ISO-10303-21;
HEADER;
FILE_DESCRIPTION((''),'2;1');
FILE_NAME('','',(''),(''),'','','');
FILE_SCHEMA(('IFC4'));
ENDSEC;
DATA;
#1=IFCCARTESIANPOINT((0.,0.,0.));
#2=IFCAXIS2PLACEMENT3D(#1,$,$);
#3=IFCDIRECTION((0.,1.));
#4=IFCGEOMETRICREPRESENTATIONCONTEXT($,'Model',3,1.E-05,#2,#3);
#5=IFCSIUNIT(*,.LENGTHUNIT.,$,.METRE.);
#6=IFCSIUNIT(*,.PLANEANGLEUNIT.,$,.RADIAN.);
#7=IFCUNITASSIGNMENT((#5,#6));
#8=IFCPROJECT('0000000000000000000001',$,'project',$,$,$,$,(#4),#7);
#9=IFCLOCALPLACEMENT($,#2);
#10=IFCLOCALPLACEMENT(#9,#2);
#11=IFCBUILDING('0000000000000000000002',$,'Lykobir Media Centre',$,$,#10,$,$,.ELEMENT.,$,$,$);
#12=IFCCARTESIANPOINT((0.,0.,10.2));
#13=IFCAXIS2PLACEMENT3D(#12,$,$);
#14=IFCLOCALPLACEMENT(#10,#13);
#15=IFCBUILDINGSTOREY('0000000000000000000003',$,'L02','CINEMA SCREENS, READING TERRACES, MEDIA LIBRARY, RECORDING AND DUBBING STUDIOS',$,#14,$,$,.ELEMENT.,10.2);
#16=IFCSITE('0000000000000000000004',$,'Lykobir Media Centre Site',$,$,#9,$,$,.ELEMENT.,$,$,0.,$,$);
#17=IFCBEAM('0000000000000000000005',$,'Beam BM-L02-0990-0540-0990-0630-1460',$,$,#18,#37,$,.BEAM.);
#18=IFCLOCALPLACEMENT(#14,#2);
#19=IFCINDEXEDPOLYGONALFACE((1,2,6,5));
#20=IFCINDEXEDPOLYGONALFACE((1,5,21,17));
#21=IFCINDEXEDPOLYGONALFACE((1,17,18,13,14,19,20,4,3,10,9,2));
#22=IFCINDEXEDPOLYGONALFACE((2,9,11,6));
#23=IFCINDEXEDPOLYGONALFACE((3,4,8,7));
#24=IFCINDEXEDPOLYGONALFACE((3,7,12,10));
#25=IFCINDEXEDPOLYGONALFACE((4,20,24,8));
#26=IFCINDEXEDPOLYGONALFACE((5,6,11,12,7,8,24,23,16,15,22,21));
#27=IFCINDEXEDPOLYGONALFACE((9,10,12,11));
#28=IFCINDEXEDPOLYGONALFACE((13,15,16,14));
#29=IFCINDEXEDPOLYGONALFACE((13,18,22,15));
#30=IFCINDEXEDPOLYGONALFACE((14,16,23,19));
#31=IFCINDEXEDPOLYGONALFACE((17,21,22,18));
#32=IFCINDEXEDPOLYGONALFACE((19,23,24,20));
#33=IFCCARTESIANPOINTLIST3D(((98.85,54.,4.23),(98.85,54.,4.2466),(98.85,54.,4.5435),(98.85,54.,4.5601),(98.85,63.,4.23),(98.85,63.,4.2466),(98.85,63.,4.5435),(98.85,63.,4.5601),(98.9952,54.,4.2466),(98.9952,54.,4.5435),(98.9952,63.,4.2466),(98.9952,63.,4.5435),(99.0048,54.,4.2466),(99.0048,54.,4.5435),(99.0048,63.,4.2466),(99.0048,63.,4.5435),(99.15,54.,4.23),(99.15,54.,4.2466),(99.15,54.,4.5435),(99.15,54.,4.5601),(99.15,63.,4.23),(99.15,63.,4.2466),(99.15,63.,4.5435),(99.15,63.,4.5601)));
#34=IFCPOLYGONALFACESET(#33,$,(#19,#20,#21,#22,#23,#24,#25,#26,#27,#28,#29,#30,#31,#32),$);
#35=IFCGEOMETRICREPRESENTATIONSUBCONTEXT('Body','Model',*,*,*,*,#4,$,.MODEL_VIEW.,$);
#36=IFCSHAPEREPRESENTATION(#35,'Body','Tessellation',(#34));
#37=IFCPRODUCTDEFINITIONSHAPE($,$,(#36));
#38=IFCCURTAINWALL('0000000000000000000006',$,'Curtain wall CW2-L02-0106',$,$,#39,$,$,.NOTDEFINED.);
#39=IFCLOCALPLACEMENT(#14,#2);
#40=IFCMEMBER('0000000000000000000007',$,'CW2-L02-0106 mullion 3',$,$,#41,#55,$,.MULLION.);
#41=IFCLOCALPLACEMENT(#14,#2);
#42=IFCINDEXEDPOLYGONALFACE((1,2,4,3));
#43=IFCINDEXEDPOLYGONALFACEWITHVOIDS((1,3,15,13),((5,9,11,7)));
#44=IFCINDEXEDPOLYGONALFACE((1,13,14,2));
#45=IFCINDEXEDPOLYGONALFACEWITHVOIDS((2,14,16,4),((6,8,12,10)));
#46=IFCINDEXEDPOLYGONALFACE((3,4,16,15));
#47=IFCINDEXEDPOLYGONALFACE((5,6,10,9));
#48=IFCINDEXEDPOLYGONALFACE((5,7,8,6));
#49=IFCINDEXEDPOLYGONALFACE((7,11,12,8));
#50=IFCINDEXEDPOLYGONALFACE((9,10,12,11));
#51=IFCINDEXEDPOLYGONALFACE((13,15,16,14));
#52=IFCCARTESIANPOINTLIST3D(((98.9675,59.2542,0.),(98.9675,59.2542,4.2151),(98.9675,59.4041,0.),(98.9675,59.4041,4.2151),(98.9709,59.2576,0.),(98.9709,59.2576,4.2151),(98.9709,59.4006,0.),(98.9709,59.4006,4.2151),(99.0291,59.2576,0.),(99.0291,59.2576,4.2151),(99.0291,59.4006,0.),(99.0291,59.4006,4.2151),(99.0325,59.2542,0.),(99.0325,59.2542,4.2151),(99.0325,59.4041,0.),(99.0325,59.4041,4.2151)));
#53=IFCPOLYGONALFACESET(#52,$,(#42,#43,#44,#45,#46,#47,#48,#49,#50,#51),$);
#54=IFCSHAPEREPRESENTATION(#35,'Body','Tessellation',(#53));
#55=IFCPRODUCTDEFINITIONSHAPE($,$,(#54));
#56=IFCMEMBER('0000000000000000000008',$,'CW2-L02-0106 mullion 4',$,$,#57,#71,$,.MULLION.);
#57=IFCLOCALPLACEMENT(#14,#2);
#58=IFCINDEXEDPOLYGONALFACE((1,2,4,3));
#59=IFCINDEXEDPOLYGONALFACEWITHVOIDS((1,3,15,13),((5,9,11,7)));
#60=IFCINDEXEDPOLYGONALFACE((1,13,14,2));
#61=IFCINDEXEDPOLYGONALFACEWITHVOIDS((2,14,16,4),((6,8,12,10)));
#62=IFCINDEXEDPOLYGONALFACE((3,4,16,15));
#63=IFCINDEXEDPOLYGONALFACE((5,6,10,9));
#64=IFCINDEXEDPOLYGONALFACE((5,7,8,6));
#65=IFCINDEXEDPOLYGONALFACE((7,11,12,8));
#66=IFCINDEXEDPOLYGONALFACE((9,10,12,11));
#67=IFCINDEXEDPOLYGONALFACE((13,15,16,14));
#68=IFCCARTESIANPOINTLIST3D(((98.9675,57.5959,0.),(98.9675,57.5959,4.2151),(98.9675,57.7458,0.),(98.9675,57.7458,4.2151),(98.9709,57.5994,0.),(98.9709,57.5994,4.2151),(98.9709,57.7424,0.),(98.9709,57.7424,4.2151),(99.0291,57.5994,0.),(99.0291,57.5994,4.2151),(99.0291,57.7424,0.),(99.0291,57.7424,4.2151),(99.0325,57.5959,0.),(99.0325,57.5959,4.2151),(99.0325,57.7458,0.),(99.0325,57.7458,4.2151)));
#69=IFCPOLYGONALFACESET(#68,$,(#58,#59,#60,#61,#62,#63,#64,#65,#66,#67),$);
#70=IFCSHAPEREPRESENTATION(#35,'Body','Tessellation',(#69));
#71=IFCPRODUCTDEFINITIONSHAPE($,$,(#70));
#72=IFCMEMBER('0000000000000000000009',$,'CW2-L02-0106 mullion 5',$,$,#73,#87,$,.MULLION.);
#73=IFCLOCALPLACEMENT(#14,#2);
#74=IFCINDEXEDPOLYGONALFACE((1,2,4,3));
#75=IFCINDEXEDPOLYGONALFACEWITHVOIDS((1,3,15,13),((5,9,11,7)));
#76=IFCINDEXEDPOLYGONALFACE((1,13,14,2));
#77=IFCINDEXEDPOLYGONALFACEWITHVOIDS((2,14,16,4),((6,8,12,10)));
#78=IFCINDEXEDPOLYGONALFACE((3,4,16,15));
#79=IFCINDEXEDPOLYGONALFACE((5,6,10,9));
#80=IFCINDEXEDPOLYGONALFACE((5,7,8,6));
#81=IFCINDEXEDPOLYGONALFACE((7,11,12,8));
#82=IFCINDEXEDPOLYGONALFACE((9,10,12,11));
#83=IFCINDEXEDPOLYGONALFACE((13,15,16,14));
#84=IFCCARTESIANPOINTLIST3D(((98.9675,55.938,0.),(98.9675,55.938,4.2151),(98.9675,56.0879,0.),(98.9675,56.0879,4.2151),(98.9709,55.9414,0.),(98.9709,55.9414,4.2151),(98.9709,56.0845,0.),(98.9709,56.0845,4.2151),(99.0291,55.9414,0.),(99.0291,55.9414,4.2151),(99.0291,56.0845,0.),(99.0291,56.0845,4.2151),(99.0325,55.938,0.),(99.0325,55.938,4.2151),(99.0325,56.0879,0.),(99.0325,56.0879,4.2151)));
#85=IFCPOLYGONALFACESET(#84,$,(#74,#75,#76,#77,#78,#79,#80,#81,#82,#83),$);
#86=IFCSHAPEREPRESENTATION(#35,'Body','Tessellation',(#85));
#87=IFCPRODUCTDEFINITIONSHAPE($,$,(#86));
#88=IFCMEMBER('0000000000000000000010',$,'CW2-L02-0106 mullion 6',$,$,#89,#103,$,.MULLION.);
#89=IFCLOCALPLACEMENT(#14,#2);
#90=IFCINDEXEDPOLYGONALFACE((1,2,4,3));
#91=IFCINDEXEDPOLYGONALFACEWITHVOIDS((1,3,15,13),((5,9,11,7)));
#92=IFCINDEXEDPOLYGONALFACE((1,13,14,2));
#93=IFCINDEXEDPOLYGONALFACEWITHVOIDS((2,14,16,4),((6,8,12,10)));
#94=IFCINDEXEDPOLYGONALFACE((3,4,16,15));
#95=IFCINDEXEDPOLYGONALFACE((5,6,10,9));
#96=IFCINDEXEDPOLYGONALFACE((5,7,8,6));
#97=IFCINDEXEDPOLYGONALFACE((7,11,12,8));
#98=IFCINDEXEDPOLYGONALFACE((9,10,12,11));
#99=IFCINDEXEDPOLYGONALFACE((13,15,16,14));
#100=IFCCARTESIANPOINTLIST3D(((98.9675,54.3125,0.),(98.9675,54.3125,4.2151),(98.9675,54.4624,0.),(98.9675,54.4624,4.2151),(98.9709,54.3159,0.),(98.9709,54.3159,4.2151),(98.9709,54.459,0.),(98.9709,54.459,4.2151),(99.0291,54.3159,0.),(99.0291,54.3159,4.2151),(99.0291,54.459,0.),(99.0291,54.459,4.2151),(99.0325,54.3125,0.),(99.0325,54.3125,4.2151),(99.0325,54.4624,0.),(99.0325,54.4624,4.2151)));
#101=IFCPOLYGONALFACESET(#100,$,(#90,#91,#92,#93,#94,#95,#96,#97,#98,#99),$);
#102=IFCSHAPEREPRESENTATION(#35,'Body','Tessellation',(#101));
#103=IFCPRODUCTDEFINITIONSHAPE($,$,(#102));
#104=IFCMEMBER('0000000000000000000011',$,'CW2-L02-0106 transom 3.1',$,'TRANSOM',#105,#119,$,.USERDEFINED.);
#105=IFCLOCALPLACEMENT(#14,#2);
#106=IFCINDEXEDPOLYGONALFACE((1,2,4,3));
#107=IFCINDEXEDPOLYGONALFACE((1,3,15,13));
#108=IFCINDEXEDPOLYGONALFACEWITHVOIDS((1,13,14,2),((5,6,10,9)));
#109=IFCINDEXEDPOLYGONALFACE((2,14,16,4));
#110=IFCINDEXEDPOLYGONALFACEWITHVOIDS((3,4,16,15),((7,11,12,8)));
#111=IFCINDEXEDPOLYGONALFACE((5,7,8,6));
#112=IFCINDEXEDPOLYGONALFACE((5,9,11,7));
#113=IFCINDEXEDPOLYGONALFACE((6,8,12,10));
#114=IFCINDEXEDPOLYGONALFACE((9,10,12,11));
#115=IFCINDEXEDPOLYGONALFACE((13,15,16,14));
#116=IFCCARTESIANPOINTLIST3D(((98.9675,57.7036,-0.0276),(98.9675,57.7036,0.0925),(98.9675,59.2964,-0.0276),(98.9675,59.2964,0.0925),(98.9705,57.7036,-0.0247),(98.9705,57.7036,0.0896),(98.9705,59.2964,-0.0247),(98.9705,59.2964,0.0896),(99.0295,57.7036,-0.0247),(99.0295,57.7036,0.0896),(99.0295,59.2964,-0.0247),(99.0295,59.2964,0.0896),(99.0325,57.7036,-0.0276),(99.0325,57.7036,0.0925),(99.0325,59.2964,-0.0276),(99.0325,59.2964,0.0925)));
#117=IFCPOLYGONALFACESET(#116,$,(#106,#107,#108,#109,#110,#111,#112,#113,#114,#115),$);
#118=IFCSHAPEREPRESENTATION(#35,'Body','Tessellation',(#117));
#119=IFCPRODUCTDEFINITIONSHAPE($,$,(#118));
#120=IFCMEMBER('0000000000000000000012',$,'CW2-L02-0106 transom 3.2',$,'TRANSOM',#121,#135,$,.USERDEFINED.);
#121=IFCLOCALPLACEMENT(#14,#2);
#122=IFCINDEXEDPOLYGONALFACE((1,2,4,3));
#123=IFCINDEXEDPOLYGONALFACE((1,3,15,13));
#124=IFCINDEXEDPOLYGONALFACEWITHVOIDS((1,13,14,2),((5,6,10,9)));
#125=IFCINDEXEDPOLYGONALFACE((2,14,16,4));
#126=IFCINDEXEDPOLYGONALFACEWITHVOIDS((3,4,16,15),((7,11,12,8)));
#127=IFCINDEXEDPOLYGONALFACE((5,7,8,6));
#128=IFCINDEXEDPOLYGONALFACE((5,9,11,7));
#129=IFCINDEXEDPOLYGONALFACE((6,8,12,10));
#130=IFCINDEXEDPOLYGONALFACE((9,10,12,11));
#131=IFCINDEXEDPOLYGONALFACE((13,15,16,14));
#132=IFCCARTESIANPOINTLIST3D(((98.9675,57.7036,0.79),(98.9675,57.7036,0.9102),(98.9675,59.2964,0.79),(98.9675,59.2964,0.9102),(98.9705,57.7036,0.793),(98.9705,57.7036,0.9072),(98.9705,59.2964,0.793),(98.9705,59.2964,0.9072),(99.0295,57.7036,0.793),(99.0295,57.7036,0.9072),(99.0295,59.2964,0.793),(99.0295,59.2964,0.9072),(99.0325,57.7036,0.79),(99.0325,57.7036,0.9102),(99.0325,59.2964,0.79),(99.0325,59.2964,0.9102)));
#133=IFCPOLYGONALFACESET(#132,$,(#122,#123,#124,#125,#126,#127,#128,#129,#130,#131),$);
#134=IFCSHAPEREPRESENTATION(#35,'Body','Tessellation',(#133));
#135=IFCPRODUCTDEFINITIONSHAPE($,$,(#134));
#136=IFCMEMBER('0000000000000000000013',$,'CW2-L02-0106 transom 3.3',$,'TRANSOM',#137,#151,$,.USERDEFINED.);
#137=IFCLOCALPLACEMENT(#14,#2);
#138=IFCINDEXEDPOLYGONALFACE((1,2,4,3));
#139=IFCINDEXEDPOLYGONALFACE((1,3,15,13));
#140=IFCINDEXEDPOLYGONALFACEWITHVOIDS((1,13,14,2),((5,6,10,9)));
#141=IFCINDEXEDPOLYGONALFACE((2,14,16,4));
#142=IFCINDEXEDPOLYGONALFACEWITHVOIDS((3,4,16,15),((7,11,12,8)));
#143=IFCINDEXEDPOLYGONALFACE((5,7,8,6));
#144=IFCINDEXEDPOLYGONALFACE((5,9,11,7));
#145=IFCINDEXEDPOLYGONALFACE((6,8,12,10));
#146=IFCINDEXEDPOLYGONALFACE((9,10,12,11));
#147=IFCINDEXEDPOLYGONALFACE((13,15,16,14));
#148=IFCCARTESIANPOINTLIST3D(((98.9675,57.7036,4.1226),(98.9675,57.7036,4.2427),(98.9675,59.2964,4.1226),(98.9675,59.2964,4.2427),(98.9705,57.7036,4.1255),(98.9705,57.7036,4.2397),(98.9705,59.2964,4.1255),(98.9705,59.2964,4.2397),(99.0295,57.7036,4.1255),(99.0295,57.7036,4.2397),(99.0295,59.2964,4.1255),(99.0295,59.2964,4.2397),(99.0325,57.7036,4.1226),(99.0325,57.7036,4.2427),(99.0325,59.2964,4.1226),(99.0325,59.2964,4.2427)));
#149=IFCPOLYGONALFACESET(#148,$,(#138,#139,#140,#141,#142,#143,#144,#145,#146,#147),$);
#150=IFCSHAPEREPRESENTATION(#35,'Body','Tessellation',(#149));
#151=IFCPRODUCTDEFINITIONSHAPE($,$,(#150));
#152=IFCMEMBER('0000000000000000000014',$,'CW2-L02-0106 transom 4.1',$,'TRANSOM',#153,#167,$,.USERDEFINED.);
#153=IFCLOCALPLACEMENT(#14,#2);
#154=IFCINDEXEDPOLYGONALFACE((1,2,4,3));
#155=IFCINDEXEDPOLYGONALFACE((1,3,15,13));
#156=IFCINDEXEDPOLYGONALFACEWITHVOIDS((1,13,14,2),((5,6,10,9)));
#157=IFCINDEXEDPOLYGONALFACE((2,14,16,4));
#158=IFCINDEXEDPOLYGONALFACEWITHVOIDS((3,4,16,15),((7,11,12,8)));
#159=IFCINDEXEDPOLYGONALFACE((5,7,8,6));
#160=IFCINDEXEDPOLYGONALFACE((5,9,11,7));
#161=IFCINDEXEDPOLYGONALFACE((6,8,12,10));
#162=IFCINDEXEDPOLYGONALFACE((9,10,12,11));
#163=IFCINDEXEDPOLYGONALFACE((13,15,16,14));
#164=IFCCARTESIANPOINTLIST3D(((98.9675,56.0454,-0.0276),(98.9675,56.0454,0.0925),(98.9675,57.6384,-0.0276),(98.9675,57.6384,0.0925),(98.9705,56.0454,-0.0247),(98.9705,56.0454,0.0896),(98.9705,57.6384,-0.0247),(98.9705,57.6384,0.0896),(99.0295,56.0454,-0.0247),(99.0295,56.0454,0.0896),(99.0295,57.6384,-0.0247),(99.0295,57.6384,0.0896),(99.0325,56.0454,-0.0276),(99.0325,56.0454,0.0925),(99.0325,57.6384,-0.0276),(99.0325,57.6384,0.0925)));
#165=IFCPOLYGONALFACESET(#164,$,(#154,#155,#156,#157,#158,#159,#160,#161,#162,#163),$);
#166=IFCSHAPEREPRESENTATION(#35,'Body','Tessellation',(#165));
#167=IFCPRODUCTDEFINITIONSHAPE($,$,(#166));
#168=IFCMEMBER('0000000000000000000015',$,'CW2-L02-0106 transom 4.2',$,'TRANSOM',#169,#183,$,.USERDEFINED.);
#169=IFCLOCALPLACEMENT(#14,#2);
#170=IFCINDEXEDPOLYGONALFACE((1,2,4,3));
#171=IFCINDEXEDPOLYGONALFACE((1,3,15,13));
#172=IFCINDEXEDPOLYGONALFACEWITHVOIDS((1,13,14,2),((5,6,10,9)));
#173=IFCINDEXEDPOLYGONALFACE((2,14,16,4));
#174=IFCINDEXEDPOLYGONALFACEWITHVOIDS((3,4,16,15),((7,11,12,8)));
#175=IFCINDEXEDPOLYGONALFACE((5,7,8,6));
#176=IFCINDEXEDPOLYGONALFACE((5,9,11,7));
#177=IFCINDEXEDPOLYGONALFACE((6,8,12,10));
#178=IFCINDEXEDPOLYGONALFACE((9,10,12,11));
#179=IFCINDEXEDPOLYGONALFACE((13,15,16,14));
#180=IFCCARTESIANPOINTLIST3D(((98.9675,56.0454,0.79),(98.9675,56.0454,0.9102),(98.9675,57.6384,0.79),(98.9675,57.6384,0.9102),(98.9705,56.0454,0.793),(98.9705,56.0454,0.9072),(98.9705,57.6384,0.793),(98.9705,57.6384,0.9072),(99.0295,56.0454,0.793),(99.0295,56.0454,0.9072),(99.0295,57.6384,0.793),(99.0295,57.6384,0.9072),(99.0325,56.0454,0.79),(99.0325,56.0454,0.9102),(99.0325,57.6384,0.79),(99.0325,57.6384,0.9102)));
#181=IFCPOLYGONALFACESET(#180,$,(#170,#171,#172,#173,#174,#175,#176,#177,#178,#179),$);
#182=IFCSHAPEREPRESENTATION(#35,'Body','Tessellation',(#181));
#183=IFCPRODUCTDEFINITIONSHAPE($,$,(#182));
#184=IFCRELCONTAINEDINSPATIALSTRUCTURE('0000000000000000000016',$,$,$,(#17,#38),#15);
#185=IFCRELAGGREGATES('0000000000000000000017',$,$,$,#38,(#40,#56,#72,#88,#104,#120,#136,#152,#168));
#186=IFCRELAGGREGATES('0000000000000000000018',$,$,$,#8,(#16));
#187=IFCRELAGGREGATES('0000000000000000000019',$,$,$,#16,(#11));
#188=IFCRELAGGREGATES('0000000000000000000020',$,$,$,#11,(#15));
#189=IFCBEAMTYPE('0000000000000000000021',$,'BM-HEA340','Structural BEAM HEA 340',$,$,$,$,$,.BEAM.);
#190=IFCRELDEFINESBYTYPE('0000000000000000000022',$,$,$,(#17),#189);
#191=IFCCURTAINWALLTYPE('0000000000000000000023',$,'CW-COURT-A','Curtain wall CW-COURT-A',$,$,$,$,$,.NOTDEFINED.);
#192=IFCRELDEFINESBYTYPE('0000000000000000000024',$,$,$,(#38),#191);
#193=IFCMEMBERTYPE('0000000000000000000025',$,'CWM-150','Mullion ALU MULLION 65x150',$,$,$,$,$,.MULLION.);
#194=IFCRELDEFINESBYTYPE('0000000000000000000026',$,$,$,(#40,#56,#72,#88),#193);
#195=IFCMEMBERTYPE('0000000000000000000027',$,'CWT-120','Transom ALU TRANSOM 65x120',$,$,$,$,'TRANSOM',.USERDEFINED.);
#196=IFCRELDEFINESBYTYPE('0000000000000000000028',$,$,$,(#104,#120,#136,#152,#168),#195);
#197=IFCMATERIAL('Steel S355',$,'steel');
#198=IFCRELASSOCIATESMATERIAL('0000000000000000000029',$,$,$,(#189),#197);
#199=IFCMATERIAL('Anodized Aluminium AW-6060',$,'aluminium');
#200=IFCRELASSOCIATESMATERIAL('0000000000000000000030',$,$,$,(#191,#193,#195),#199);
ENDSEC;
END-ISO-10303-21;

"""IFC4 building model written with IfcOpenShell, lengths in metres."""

from ifc_helpers import new_model, si_unit, direction, frame, origin, origin_2d, place, context, subcontext, project, spatial, hollow_rectangle, i_section, extrude, material, material_profile, profile_set, type_object, element, aggregate, save


model = new_model("IFC4")

# Units and contexts
model_context = context("Model", 3, precision=1e-05, world=origin(), true_north=direction((0.0, 1.0)))
body_context = subcontext(model_context, "Body", "Model", "MODEL_VIEW")
ifc_project = project(units=[si_unit("LENGTHUNIT", "METRE"), si_unit("PLANEANGLEUNIT", "RADIAN")], contexts=[model_context])

# Site, building, storey
site_placement = place(None, origin())
site = spatial("IfcSite", under=ifc_project, at=site_placement, Name="Lykobir Media Centre Site", CompositionType="ELEMENT", RefElevation=0.0)
building_placement = place(site_placement, origin())
building = spatial("IfcBuilding", under=site, at=building_placement, Name="Lykobir Media Centre", CompositionType="ELEMENT")
storey_placement = place(building_placement, frame((0.0, 0.0, 10.2)))
storey = spatial("IfcBuildingStorey", under=building, at=storey_placement, Name="L02", Description="CINEMA SCREENS, READING TERRACES, MEDIA LIBRARY, RECORDING AND DUBBING STUDIOS", CompositionType="ELEMENT", Elevation=10.2)

# Beam
ifc_material_1 = material(Name="Steel S355", Category="steel")
ifc_material_profile_1 = material_profile(ifc_material_1, i_section(OverallWidth=0.3, OverallDepth=0.3301, WebThickness=0.0095, FlangeThickness=0.0166, at=origin_2d()), Name="HEA 340")
ifc_profile_set_1 = profile_set([ifc_material_profile_1], Name="Steel S355")
beam_type = type_object("IfcBeamType", Name="BM-HEA340", Description="Structural BEAM HEA 340", PredefinedType="BEAM", material=ifc_profile_set_1)
beam_placement = place(storey_placement, frame((99.0, 54.0, 4.395), z_axis=(0.0, 1.0, 0.0), x_axis=(-1.0, 0.0, 0.0)))
element("IfcBeam", 1, at=beam_placement, inside=storey, type_object=beam_type, Name="Beam BM-L02-0990-0540-0990-0630-1460", PredefinedType="BEAM", context=body_context, shape_type="SweptSolid", body=[
    extrude(i_section(OverallWidth=0.3, OverallDepth=0.3301, WebThickness=0.0095, FlangeThickness=0.0166, at=origin_2d()), origin(), (0.0, 0.0, 1.0), 9.0),
])

# Curtain wall, members
ifc_material_2 = material(Name="Anodized Aluminium AW-6060", Category="aluminium")
curtain_wall_type = type_object("IfcCurtainWallType", Name="CW-COURT-A", Description="Curtain wall CW-COURT-A", PredefinedType="NOTDEFINED", material=ifc_material_2)
curtain_wall_placement = place(storey_placement, origin())
curtain_wall = element("IfcCurtainWall", 2, at=curtain_wall_placement, inside=storey, type_object=curtain_wall_type, Name="Curtain wall CW2-L02-0106", PredefinedType="NOTDEFINED")
ifc_material_profile_2 = material_profile(ifc_material_2, hollow_rectangle(XDim=0.0649, YDim=0.1499, WallThickness=0.0034, at=origin_2d()), Name="ALU MULLION 65x150")
ifc_profile_set_2 = profile_set([ifc_material_profile_2], Name="Anodized Aluminium AW-6060")
member_type_1 = type_object("IfcMemberType", Name="CWM-150", Description="Mullion ALU MULLION 65x150", PredefinedType="MULLION", material=ifc_profile_set_2)
member_1_placement = place(storey_placement, frame((99.0, 59.3291, 0.0), z_axis=(0.0, 0.0, 1.0), x_axis=(1.0, 0.0, 0.0)))
member_1 = element("IfcMember", 3, at=member_1_placement, type_object=member_type_1, Name="CW2-L02-0106 mullion 3", PredefinedType="MULLION", context=body_context, shape_type="SweptSolid", body=[
    extrude(hollow_rectangle(XDim=0.0649, YDim=0.1499, WallThickness=0.0034, at=origin_2d()), origin(), (0.0, 0.0, 1.0), 4.2151),
])
member_2_placement = place(storey_placement, frame((99.0, 57.6709, 0.0), z_axis=(0.0, 0.0, 1.0), x_axis=(1.0, 0.0, 0.0)))
member_2 = element("IfcMember", 4, at=member_2_placement, type_object=member_type_1, Name="CW2-L02-0106 mullion 4", PredefinedType="MULLION", context=body_context, shape_type="SweptSolid", body=[
    extrude(hollow_rectangle(XDim=0.0649, YDim=0.1499, WallThickness=0.0034, at=origin_2d()), origin(), (0.0, 0.0, 1.0), 4.2151),
])
member_3_placement = place(storey_placement, frame((99.0, 56.0129, 0.0), z_axis=(0.0, 0.0, 1.0), x_axis=(1.0, 0.0, 0.0)))
member_3 = element("IfcMember", 5, at=member_3_placement, type_object=member_type_1, Name="CW2-L02-0106 mullion 5", PredefinedType="MULLION", context=body_context, shape_type="SweptSolid", body=[
    extrude(hollow_rectangle(XDim=0.0649, YDim=0.1499, WallThickness=0.0034, at=origin_2d()), origin(), (0.0, 0.0, 1.0), 4.2151),
])
member_4_placement = place(storey_placement, frame((99.0, 54.3875, 0.0), z_axis=(0.0, 0.0, 1.0), x_axis=(1.0, 0.0, 0.0)))
member_4 = element("IfcMember", 6, at=member_4_placement, type_object=member_type_1, Name="CW2-L02-0106 mullion 6", PredefinedType="MULLION", context=body_context, shape_type="SweptSolid", body=[
    extrude(hollow_rectangle(XDim=0.0649, YDim=0.1499, WallThickness=0.0034, at=origin_2d()), origin(), (0.0, 0.0, 1.0), 4.2151),
])
ifc_material_profile_3 = material_profile(ifc_material_2, hollow_rectangle(XDim=0.0649, YDim=0.1201, WallThickness=0.0029, at=origin_2d()), Name="ALU TRANSOM 65x120")
ifc_profile_set_3 = profile_set([ifc_material_profile_3], Name="Anodized Aluminium AW-6060")
member_type_2 = type_object("IfcMemberType", Name="CWT-120", Description="Transom ALU TRANSOM 65x120", ElementType="TRANSOM", PredefinedType="USERDEFINED", material=ifc_profile_set_3)
member_5_placement = place(storey_placement, frame((99.0, 59.2964, 0.0325), z_axis=(0.0, -1.0, 0.0), x_axis=(1.0, 0.0, 0.0)))
member_5 = element("IfcMember", 7, at=member_5_placement, type_object=member_type_2, Name="CW2-L02-0106 transom 3.1", ObjectType="TRANSOM", PredefinedType="USERDEFINED", context=body_context, shape_type="SweptSolid", body=[
    extrude(hollow_rectangle(XDim=0.0649, YDim=0.1201, WallThickness=0.0029, at=origin_2d()), origin(), (0.0, 0.0, 1.0), 1.5928),
])
member_6_placement = place(storey_placement, frame((99.0, 59.2964, 0.8501), z_axis=(0.0, -1.0, 0.0), x_axis=(1.0, 0.0, 0.0)))
member_6 = element("IfcMember", 8, at=member_6_placement, type_object=member_type_2, Name="CW2-L02-0106 transom 3.2", ObjectType="TRANSOM", PredefinedType="USERDEFINED", context=body_context, shape_type="SweptSolid", body=[
    extrude(hollow_rectangle(XDim=0.0649, YDim=0.1201, WallThickness=0.0029, at=origin_2d()), origin(), (0.0, 0.0, 1.0), 1.5928),
])
member_7_placement = place(storey_placement, frame((99.0, 59.2964, 4.1826), z_axis=(0.0, -1.0, 0.0), x_axis=(1.0, 0.0, 0.0)))
member_7 = element("IfcMember", 9, at=member_7_placement, type_object=member_type_2, Name="CW2-L02-0106 transom 3.3", ObjectType="TRANSOM", PredefinedType="USERDEFINED", context=body_context, shape_type="SweptSolid", body=[
    extrude(hollow_rectangle(XDim=0.0649, YDim=0.1201, WallThickness=0.0029, at=origin_2d()), origin(), (0.0, 0.0, 1.0), 1.5928),
])
member_8_placement = place(storey_placement, frame((99.0, 57.6384, 0.0325), z_axis=(0.0, -1.0, 0.0), x_axis=(1.0, 0.0, 0.0)))
member_8 = element("IfcMember", 10, at=member_8_placement, type_object=member_type_2, Name="CW2-L02-0106 transom 4.1", ObjectType="TRANSOM", PredefinedType="USERDEFINED", context=body_context, shape_type="SweptSolid", body=[
    extrude(hollow_rectangle(XDim=0.0649, YDim=0.1201, WallThickness=0.0029, at=origin_2d()), origin(), (0.0, 0.0, 1.0), 1.593),
])
member_9_placement = place(storey_placement, frame((99.0, 57.6384, 0.8501), z_axis=(0.0, -1.0, 0.0), x_axis=(1.0, 0.0, 0.0)))
member_9 = element("IfcMember", 11, at=member_9_placement, type_object=member_type_2, Name="CW2-L02-0106 transom 4.2", ObjectType="TRANSOM", PredefinedType="USERDEFINED", context=body_context, shape_type="SweptSolid", body=[
    extrude(hollow_rectangle(XDim=0.0649, YDim=0.1201, WallThickness=0.0029, at=origin_2d()), origin(), (0.0, 0.0, 1.0), 1.593),
])
aggregate(curtain_wall, [member_1, member_2, member_3, member_4, member_5, member_6, member_7, member_8, member_9])

save(model, "model.ifc")
